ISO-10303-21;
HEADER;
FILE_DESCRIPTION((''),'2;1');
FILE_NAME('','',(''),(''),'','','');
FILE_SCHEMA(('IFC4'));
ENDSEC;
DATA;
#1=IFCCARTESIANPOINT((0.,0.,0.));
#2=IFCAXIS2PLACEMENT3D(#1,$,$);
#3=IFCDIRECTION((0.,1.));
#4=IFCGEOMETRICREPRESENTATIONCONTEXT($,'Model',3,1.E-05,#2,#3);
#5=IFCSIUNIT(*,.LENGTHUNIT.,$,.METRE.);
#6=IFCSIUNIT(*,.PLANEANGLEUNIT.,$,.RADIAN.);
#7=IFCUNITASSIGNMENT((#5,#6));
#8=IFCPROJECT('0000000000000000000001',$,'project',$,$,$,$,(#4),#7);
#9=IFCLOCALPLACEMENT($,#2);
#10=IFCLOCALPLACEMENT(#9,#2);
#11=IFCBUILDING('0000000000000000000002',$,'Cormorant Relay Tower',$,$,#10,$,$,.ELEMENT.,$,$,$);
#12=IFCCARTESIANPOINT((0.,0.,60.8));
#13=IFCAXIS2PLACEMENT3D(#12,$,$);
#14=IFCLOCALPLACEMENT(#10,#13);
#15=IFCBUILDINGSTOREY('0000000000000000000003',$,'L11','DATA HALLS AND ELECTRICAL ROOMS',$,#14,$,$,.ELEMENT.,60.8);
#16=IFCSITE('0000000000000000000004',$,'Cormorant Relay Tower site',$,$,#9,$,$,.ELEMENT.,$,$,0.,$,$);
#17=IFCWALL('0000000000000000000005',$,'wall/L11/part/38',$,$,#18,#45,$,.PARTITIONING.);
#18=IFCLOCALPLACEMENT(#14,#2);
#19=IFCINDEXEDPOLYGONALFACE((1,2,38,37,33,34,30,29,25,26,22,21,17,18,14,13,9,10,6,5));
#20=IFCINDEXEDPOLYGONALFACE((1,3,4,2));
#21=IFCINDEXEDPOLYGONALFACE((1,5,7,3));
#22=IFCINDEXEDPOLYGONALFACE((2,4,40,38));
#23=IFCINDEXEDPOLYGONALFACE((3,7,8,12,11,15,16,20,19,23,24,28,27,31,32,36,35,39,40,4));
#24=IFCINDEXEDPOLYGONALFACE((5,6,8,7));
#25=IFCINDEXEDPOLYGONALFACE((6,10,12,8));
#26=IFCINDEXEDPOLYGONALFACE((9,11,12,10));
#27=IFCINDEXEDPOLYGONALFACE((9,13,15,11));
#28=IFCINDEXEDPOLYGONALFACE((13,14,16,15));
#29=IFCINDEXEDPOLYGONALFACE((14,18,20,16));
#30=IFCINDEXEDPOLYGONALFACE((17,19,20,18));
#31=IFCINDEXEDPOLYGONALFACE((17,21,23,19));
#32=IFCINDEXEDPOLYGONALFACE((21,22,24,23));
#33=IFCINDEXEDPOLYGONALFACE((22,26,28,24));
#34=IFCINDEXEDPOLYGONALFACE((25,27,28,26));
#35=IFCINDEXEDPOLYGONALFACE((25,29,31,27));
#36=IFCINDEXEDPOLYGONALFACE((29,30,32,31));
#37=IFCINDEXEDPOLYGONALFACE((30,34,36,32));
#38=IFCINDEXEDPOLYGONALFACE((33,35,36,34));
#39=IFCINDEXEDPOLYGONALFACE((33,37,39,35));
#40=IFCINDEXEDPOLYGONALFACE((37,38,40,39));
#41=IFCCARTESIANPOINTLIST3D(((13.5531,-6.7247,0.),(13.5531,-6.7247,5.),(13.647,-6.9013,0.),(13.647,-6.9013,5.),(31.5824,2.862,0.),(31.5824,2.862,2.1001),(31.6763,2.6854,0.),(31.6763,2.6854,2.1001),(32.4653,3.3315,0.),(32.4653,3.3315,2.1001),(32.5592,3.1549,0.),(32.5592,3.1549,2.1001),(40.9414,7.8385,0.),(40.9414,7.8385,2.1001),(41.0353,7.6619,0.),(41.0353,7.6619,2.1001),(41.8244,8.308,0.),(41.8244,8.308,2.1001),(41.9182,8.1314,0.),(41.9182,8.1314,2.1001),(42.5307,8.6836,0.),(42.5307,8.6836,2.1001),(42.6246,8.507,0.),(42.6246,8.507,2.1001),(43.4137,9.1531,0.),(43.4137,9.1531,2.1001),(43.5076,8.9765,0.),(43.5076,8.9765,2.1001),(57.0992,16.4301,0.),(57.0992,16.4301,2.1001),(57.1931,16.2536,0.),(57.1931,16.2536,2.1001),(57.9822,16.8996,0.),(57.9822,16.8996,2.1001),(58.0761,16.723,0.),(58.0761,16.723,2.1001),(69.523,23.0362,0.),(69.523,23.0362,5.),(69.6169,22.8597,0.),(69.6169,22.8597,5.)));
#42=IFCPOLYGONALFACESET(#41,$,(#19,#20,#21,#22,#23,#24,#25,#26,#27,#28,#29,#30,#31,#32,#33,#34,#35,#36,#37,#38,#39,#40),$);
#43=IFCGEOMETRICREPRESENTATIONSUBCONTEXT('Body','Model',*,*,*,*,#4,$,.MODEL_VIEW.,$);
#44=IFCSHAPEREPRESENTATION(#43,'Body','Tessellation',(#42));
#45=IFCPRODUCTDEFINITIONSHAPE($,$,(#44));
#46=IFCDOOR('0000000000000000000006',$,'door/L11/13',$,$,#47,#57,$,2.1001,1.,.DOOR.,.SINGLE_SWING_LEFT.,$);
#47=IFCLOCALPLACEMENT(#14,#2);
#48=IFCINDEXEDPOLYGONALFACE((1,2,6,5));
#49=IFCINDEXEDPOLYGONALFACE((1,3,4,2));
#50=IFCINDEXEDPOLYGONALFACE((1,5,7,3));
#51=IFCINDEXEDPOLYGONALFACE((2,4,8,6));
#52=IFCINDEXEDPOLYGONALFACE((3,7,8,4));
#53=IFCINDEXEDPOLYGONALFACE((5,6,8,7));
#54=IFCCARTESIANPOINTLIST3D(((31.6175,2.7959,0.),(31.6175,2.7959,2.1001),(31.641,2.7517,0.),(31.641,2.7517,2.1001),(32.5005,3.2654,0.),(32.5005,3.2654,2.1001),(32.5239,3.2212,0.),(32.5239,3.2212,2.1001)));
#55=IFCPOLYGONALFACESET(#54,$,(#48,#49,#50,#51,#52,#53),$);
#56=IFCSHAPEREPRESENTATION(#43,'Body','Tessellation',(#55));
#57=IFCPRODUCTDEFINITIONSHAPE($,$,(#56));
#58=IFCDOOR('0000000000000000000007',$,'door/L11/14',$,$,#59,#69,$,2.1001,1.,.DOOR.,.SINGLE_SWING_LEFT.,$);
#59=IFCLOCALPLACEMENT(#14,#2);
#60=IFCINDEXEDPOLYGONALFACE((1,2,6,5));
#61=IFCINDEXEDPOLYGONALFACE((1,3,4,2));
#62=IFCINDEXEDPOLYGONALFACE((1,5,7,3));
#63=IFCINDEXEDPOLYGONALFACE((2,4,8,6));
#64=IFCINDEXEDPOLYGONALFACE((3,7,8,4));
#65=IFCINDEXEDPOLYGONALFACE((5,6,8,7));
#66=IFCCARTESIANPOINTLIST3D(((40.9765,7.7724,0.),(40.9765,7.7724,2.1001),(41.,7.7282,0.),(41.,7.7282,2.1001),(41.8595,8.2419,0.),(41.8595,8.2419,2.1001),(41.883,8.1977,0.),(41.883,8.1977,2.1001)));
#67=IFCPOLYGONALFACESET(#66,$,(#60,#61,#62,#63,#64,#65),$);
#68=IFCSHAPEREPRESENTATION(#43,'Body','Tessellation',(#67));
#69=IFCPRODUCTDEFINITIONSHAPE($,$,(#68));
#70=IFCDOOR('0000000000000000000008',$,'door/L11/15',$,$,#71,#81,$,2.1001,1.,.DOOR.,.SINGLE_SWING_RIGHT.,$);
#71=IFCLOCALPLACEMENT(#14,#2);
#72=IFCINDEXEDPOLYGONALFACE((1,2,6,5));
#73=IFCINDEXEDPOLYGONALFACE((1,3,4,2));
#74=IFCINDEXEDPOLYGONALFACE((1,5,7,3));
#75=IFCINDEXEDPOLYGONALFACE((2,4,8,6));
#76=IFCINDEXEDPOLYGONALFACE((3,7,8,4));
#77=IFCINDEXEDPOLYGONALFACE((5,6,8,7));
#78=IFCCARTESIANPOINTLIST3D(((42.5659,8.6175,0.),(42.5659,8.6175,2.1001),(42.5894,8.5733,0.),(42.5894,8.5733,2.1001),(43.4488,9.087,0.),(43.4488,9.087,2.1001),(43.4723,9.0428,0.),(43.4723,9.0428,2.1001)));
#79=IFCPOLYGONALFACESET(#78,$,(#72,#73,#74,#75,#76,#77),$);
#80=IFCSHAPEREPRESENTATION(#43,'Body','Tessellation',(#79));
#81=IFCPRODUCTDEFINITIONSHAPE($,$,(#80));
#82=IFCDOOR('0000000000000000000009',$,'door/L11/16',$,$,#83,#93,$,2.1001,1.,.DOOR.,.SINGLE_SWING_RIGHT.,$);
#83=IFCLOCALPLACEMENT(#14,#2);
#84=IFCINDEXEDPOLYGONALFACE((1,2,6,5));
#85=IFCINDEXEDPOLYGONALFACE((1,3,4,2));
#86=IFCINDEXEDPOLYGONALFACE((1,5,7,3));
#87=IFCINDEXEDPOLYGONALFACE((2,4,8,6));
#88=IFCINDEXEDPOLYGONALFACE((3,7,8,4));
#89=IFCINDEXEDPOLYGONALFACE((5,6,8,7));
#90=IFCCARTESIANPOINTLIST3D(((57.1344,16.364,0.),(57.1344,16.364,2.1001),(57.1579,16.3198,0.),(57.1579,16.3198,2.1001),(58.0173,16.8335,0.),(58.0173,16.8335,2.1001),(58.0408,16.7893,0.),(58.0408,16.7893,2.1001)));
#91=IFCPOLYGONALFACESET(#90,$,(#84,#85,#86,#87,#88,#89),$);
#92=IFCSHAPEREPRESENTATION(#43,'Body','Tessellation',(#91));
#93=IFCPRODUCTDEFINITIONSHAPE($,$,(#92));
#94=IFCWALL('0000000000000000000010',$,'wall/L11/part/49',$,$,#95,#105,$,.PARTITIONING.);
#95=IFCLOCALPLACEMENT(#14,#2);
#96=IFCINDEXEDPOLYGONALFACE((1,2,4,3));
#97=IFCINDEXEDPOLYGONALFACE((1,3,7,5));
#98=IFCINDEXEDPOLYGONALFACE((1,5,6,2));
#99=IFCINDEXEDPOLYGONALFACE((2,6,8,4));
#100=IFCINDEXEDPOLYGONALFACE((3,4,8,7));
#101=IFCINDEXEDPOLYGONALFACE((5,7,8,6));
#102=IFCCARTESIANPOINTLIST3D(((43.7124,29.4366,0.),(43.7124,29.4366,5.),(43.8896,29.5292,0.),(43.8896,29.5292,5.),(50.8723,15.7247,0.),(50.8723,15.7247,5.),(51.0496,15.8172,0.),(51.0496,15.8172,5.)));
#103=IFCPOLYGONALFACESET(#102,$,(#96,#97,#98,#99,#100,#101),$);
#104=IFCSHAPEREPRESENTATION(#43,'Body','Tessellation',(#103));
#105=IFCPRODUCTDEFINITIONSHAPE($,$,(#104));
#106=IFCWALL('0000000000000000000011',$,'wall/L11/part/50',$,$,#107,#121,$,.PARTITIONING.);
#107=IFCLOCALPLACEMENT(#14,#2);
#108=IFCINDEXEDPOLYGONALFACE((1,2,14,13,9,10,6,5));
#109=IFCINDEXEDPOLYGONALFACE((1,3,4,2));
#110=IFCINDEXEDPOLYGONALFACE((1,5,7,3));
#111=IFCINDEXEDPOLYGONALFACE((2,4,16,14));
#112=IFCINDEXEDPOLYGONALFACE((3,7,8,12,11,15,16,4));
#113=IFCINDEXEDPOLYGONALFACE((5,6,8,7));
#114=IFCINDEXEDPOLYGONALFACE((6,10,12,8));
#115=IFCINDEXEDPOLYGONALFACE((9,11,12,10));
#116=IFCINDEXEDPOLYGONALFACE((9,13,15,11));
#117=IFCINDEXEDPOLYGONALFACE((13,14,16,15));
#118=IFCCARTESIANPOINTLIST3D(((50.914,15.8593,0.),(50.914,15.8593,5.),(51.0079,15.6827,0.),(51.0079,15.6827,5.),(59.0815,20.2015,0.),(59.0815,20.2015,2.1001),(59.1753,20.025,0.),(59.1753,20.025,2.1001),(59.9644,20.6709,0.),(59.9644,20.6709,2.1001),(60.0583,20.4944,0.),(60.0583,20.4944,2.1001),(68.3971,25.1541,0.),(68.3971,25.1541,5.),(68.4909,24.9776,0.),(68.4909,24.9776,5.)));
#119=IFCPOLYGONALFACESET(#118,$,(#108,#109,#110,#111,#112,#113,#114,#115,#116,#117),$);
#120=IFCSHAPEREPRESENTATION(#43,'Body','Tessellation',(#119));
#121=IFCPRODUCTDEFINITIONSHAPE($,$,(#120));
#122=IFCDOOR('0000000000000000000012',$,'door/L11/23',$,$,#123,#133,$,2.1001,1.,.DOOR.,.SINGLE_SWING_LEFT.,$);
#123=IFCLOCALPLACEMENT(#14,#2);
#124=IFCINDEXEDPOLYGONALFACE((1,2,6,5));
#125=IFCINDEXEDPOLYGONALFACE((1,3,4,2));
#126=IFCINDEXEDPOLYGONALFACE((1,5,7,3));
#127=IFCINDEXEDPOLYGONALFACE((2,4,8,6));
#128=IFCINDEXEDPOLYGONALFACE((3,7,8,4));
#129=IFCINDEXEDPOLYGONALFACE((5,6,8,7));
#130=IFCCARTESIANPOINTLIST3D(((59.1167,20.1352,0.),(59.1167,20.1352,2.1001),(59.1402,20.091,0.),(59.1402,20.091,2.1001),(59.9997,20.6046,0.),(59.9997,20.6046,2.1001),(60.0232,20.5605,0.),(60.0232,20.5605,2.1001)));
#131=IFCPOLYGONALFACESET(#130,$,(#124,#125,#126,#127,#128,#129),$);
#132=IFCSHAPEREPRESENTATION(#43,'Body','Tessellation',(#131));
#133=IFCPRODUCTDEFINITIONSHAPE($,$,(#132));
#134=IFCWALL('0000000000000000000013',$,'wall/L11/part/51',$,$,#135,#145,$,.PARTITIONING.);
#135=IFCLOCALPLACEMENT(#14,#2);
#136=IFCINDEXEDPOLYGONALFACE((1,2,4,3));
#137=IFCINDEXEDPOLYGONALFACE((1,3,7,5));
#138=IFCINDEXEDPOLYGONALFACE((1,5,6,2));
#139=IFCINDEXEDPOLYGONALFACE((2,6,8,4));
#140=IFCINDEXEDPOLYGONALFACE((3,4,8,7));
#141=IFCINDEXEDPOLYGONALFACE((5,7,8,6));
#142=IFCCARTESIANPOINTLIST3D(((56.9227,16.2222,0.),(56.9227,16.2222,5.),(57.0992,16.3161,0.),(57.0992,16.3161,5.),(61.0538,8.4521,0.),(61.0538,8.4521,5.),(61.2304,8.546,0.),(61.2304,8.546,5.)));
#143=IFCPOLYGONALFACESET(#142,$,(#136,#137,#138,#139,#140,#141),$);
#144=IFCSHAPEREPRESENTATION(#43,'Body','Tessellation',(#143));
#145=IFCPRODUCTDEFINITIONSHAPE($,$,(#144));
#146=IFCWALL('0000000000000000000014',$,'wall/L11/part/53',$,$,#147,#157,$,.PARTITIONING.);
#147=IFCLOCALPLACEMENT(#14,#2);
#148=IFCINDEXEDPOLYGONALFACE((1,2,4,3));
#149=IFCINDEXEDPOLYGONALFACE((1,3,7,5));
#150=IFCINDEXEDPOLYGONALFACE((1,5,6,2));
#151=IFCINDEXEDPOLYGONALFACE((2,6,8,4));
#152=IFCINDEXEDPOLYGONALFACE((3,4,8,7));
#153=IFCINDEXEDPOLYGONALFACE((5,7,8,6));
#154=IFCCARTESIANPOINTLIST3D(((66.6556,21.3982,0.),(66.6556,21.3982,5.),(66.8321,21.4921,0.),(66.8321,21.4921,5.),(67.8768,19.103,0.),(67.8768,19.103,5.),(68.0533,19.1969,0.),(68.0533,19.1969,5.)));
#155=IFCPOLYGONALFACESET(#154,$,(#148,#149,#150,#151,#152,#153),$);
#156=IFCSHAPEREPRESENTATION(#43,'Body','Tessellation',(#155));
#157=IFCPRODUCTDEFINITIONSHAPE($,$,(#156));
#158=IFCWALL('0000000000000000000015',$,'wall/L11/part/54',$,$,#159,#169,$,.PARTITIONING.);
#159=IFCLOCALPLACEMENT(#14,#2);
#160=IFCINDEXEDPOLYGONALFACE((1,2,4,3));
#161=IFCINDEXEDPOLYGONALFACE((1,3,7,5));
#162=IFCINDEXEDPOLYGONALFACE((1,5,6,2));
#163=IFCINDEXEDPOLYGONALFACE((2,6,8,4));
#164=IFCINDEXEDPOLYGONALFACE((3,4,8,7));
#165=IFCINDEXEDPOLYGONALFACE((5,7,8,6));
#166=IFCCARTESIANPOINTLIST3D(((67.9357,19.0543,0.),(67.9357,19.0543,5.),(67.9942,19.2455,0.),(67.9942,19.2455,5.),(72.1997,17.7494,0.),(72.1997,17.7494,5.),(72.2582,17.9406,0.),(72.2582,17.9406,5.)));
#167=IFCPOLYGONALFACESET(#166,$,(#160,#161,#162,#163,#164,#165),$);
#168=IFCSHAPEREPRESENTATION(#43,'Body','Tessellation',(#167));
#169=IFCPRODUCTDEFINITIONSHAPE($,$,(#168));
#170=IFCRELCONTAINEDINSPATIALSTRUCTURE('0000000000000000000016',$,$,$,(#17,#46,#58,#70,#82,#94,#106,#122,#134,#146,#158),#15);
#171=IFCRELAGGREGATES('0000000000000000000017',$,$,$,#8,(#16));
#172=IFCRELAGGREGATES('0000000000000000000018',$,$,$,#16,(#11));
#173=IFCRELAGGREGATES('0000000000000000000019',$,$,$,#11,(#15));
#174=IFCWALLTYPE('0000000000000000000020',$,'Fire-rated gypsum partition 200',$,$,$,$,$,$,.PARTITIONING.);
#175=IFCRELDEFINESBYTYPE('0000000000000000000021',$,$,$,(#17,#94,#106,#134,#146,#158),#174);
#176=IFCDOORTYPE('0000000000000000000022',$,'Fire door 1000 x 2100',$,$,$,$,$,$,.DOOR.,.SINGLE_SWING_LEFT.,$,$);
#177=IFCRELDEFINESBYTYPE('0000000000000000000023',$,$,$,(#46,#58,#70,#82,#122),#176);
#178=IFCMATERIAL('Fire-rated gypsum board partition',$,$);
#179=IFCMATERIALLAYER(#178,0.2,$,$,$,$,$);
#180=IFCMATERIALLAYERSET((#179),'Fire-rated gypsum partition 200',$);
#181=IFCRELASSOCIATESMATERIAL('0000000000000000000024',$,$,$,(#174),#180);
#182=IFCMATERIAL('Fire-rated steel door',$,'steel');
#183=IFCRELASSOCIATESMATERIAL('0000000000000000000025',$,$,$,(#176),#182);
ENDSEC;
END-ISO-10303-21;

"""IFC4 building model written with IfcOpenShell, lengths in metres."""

from ifc_helpers import new_model, si_unit, direction, frame, frame_2d, origin, place, context, subcontext, project, spatial, rectangle, extrude, material, layer, layer_set, type_object, element, fill, save


model = new_model("IFC4")

# Units and contexts
model_context = context("Model", 3, precision=1e-05, world=origin(), true_north=direction((0.0, 1.0)))
body_context = subcontext(model_context, "Body", "Model", "MODEL_VIEW")
ifc_project = project(units=[si_unit("LENGTHUNIT", "METRE"), si_unit("PLANEANGLEUNIT", "RADIAN")], contexts=[model_context])

# Site, building, storey
site_placement = place(None, origin())
site = spatial("IfcSite", under=ifc_project, at=site_placement, Name="Cormorant Relay Tower site", CompositionType="ELEMENT", RefElevation=0.0)
building_placement = place(site_placement, origin())
building = spatial("IfcBuilding", under=site, at=building_placement, Name="Cormorant Relay Tower", CompositionType="ELEMENT")
storey_placement = place(building_placement, frame((0.0, 0.0, 60.8)))
storey = spatial("IfcBuildingStorey", under=building, at=storey_placement, Name="L11", Description="DATA HALLS AND ELECTRICAL ROOMS", CompositionType="ELEMENT", Elevation=60.8)

# Wall, openings, doors
ifc_material_1 = material(Name="Fire-rated gypsum board partition")
ifc_layer_1 = layer(ifc_material_1, 0.2)
ifc_layer_set_1 = layer_set([ifc_layer_1], Name="Fire-rated gypsum partition 200")
wall_type_1 = type_object("IfcWallType", Name="Fire-rated gypsum partition 200", PredefinedType="PARTITIONING", material=ifc_layer_set_1)
wall_1_placement = place(storey_placement, frame((69.5701, 22.948, 0.0), z_axis=(0.0, 0.0, 1.0), x_axis=(-0.88294, -0.469487, 0.0)))
wall_1 = element("IfcWall", 1, at=wall_1_placement, inside=storey, type_object=wall_type_1, Name="wall/L11/part/38", PredefinedType="PARTITIONING", context=body_context, shape_type="SweptSolid", body=[
    extrude(rectangle(XDim=63.3904, YDim=0.2, at=frame_2d((31.6953, 0.0))), origin(), (0.0, 0.0, 1.0), 5.0),
])
opening_1_placement = place(wall_1_placement, frame((41.9709, 0.0, 0.0)))
opening_1 = element("IfcOpeningElement", 2, at=opening_1_placement, cuts=wall_1, PredefinedType="OPENING", context=body_context, shape_type="SweptSolid", body=[
    extrude(rectangle(XDim=1.0, YDim=2.1001, at=frame_2d((0.5, 1.05))), frame((0.0, 0.1099, 0.0), z_axis=(0.0, -1.0, 0.0), x_axis=(1.0, 0.0, 0.0)), (0.0, 0.0, 1.0), 0.22),
])
opening_2_placement = place(wall_1_placement, frame((31.3711, 0.0, 0.0)))
opening_2 = element("IfcOpeningElement", 3, at=opening_2_placement, cuts=wall_1, PredefinedType="OPENING", context=body_context, shape_type="SweptSolid", body=[
    extrude(rectangle(XDim=1.0, YDim=2.1001, at=frame_2d((0.5, 1.05))), frame((0.0, 0.1099, 0.0), z_axis=(0.0, -1.0, 0.0), x_axis=(1.0, 0.0, 0.0)), (0.0, 0.0, 1.0), 0.22),
])
opening_3_placement = place(wall_1_placement, frame((29.571, 0.0, 0.0)))
opening_3 = element("IfcOpeningElement", 4, at=opening_3_placement, cuts=wall_1, PredefinedType="OPENING", context=body_context, shape_type="SweptSolid", body=[
    extrude(rectangle(XDim=1.0, YDim=2.1001, at=frame_2d((0.5, 1.05))), frame((0.0, 0.1099, 0.0), z_axis=(0.0, -1.0, 0.0), x_axis=(1.0, 0.0, 0.0)), (0.0, 0.0, 1.0), 0.22),
])
opening_4_placement = place(wall_1_placement, frame((13.071, 0.0, 0.0)))
opening_4 = element("IfcOpeningElement", 5, at=opening_4_placement, cuts=wall_1, PredefinedType="OPENING", context=body_context, shape_type="SweptSolid", body=[
    extrude(rectangle(XDim=1.0, YDim=2.1001, at=frame_2d((0.5, 1.05))), frame((0.0, 0.1099, 0.0), z_axis=(0.0, -1.0, 0.0), x_axis=(1.0, 0.0, 0.0)), (0.0, 0.0, 1.0), 0.22),
])
ifc_material_2 = material(Name="Fire-rated steel door", Category="steel")
door_type_1 = type_object("IfcDoorType", Name="Fire door 1000 x 2100", OperationType="SINGLE_SWING_LEFT", PredefinedType="DOOR", material=ifc_material_2)
door_1_placement = place(opening_1_placement, origin())
door_1 = element("IfcDoor", 6, at=door_1_placement, inside=storey, type_object=door_type_1, Name="door/L11/13", OperationType="SINGLE_SWING_LEFT", OverallHeight=2.1001, OverallWidth=1.0, PredefinedType="DOOR", context=body_context, shape_type="SweptSolid", body=[
    extrude(rectangle(XDim=1.0, YDim=2.1001, at=frame_2d((0.5, 1.05))), frame((0.0, 0.0249, 0.0), z_axis=(0.0, -1.0, 0.0), x_axis=(1.0, 0.0, 0.0)), (0.0, 0.0, 1.0), 0.05),
])
fill(opening_1, door_1)
door_2_placement = place(opening_2_placement, origin())
door_2 = element("IfcDoor", 7, at=door_2_placement, inside=storey, type_object=door_type_1, Name="door/L11/14", OperationType="SINGLE_SWING_LEFT", OverallHeight=2.1001, OverallWidth=1.0, PredefinedType="DOOR", context=body_context, shape_type="SweptSolid", body=[
    extrude(rectangle(XDim=1.0, YDim=2.1001, at=frame_2d((0.5, 1.05))), frame((0.0, 0.0249, 0.0), z_axis=(0.0, -1.0, 0.0), x_axis=(1.0, 0.0, 0.0)), (0.0, 0.0, 1.0), 0.05),
])
fill(opening_2, door_2)
door_3_placement = place(opening_3_placement, origin())
door_3 = element("IfcDoor", 8, at=door_3_placement, inside=storey, type_object=door_type_1, Name="door/L11/15", OperationType="SINGLE_SWING_RIGHT", OverallHeight=2.1001, OverallWidth=1.0, PredefinedType="DOOR", context=body_context, shape_type="SweptSolid", body=[
    extrude(rectangle(XDim=1.0, YDim=2.1001, at=frame_2d((0.5, 1.05))), frame((0.0, 0.0249, 0.0), z_axis=(0.0, -1.0, 0.0), x_axis=(1.0, 0.0, 0.0)), (0.0, 0.0, 1.0), 0.05),
])
fill(opening_3, door_3)
door_4_placement = place(opening_4_placement, origin())
door_4 = element("IfcDoor", 9, at=door_4_placement, inside=storey, type_object=door_type_1, Name="door/L11/16", OperationType="SINGLE_SWING_RIGHT", OverallHeight=2.1001, OverallWidth=1.0, PredefinedType="DOOR", context=body_context, shape_type="SweptSolid", body=[
    extrude(rectangle(XDim=1.0, YDim=2.1001, at=frame_2d((0.5, 1.05))), frame((0.0, 0.0249, 0.0), z_axis=(0.0, -1.0, 0.0), x_axis=(1.0, 0.0, 0.0)), (0.0, 0.0, 1.0), 0.05),
])
fill(opening_4, door_4)

# Wall
wall_2_placement = place(storey_placement, frame((43.801, 29.4829, 0.0), z_axis=(0.0, 0.0, 1.0), x_axis=(0.462864, -0.886429, 0.0)))
element("IfcWall", 10, at=wall_2_placement, inside=storey, type_object=wall_type_1, Name="wall/L11/part/49", PredefinedType="PARTITIONING", context=body_context, shape_type="SweptSolid", body=[
    extrude(rectangle(XDim=15.4688, YDim=0.2, at=frame_2d((7.7344, 0.0))), origin(), (0.0, 0.0, 1.0), 5.0),
])

# Wall, opening, door
wall_3_placement = place(storey_placement, frame((50.9609, 15.771, 0.0), z_axis=(0.0, 0.0, 1.0), x_axis=(0.882969, 0.469431, 0.0)))
wall_3 = element("IfcWall", 11, at=wall_3_placement, inside=storey, type_object=wall_type_1, Name="wall/L11/part/50", PredefinedType="PARTITIONING", context=body_context, shape_type="SweptSolid", body=[
    extrude(rectangle(XDim=19.8003, YDim=0.2, at=frame_2d((9.9001, 0.0))), origin(), (0.0, 0.0, 1.0), 5.0),
])
opening_5_placement = place(wall_3_placement, frame((9.25, 0.0, 0.0)))
opening_5 = element("IfcOpeningElement", 12, at=opening_5_placement, cuts=wall_3, PredefinedType="OPENING", context=body_context, shape_type="SweptSolid", body=[
    extrude(rectangle(XDim=1.0, YDim=2.1001, at=frame_2d((0.5, 1.05))), frame((0.0, 0.1099, 0.0), z_axis=(0.0, -1.0, 0.0), x_axis=(1.0, 0.0, 0.0)), (0.0, 0.0, 1.0), 0.22),
])
door_5_placement = place(opening_5_placement, origin())
door_5 = element("IfcDoor", 13, at=door_5_placement, inside=storey, type_object=door_type_1, Name="door/L11/23", OperationType="SINGLE_SWING_LEFT", OverallHeight=2.1001, OverallWidth=1.0, PredefinedType="DOOR", context=body_context, shape_type="SweptSolid", body=[
    extrude(rectangle(XDim=1.0, YDim=2.1001, at=frame_2d((0.5, 1.05))), frame((0.0, 0.0249, 0.0), z_axis=(0.0, -1.0, 0.0), x_axis=(1.0, 0.0, 0.0)), (0.0, 0.0, 1.0), 0.05),
])
fill(opening_5, door_5)

# Walls
wall_4_placement = place(storey_placement, frame((57.011, 16.269, 0.0), z_axis=(0.0, 0.0, 1.0), x_axis=(0.469446, -0.882961, 0.0)))
element("IfcWall", 14, at=wall_4_placement, inside=storey, type_object=wall_type_1, Name="wall/L11/part/51", PredefinedType="PARTITIONING", context=body_context, shape_type="SweptSolid", body=[
    extrude(rectangle(XDim=8.8, YDim=0.2, at=frame_2d((4.3999, 0.0))), origin(), (0.0, 0.0, 1.0), 5.0),
])
wall_5_placement = place(storey_placement, frame((66.7439, 21.4451, 0.0), z_axis=(0.0, 0.0, 1.0), x_axis=(0.46972, -0.882815, 0.0)))
element("IfcWall", 15, at=wall_5_placement, inside=storey, type_object=wall_type_1, Name="wall/L11/part/53", PredefinedType="PARTITIONING", context=body_context, shape_type="SweptSolid", body=[
    extrude(rectangle(XDim=2.5999, YDim=0.2, at=frame_2d((1.2998, 0.0))), origin(), (0.0, 0.0, 1.0), 5.0),
])
wall_6_placement = place(storey_placement, frame((67.9651, 19.1499, 0.0), z_axis=(0.0, 0.0, 1.0), x_axis=(0.956222, -0.292643, 0.0)))
element("IfcWall", 16, at=wall_6_placement, inside=storey, type_object=wall_type_1, Name="wall/L11/part/54", PredefinedType="PARTITIONING", context=body_context, shape_type="SweptSolid", body=[
    extrude(rectangle(XDim=4.4592, YDim=0.2, at=frame_2d((2.2295, 0.0))), origin(), (0.0, 0.0, 1.0), 5.0),
])

save(model, "model.ifc")
